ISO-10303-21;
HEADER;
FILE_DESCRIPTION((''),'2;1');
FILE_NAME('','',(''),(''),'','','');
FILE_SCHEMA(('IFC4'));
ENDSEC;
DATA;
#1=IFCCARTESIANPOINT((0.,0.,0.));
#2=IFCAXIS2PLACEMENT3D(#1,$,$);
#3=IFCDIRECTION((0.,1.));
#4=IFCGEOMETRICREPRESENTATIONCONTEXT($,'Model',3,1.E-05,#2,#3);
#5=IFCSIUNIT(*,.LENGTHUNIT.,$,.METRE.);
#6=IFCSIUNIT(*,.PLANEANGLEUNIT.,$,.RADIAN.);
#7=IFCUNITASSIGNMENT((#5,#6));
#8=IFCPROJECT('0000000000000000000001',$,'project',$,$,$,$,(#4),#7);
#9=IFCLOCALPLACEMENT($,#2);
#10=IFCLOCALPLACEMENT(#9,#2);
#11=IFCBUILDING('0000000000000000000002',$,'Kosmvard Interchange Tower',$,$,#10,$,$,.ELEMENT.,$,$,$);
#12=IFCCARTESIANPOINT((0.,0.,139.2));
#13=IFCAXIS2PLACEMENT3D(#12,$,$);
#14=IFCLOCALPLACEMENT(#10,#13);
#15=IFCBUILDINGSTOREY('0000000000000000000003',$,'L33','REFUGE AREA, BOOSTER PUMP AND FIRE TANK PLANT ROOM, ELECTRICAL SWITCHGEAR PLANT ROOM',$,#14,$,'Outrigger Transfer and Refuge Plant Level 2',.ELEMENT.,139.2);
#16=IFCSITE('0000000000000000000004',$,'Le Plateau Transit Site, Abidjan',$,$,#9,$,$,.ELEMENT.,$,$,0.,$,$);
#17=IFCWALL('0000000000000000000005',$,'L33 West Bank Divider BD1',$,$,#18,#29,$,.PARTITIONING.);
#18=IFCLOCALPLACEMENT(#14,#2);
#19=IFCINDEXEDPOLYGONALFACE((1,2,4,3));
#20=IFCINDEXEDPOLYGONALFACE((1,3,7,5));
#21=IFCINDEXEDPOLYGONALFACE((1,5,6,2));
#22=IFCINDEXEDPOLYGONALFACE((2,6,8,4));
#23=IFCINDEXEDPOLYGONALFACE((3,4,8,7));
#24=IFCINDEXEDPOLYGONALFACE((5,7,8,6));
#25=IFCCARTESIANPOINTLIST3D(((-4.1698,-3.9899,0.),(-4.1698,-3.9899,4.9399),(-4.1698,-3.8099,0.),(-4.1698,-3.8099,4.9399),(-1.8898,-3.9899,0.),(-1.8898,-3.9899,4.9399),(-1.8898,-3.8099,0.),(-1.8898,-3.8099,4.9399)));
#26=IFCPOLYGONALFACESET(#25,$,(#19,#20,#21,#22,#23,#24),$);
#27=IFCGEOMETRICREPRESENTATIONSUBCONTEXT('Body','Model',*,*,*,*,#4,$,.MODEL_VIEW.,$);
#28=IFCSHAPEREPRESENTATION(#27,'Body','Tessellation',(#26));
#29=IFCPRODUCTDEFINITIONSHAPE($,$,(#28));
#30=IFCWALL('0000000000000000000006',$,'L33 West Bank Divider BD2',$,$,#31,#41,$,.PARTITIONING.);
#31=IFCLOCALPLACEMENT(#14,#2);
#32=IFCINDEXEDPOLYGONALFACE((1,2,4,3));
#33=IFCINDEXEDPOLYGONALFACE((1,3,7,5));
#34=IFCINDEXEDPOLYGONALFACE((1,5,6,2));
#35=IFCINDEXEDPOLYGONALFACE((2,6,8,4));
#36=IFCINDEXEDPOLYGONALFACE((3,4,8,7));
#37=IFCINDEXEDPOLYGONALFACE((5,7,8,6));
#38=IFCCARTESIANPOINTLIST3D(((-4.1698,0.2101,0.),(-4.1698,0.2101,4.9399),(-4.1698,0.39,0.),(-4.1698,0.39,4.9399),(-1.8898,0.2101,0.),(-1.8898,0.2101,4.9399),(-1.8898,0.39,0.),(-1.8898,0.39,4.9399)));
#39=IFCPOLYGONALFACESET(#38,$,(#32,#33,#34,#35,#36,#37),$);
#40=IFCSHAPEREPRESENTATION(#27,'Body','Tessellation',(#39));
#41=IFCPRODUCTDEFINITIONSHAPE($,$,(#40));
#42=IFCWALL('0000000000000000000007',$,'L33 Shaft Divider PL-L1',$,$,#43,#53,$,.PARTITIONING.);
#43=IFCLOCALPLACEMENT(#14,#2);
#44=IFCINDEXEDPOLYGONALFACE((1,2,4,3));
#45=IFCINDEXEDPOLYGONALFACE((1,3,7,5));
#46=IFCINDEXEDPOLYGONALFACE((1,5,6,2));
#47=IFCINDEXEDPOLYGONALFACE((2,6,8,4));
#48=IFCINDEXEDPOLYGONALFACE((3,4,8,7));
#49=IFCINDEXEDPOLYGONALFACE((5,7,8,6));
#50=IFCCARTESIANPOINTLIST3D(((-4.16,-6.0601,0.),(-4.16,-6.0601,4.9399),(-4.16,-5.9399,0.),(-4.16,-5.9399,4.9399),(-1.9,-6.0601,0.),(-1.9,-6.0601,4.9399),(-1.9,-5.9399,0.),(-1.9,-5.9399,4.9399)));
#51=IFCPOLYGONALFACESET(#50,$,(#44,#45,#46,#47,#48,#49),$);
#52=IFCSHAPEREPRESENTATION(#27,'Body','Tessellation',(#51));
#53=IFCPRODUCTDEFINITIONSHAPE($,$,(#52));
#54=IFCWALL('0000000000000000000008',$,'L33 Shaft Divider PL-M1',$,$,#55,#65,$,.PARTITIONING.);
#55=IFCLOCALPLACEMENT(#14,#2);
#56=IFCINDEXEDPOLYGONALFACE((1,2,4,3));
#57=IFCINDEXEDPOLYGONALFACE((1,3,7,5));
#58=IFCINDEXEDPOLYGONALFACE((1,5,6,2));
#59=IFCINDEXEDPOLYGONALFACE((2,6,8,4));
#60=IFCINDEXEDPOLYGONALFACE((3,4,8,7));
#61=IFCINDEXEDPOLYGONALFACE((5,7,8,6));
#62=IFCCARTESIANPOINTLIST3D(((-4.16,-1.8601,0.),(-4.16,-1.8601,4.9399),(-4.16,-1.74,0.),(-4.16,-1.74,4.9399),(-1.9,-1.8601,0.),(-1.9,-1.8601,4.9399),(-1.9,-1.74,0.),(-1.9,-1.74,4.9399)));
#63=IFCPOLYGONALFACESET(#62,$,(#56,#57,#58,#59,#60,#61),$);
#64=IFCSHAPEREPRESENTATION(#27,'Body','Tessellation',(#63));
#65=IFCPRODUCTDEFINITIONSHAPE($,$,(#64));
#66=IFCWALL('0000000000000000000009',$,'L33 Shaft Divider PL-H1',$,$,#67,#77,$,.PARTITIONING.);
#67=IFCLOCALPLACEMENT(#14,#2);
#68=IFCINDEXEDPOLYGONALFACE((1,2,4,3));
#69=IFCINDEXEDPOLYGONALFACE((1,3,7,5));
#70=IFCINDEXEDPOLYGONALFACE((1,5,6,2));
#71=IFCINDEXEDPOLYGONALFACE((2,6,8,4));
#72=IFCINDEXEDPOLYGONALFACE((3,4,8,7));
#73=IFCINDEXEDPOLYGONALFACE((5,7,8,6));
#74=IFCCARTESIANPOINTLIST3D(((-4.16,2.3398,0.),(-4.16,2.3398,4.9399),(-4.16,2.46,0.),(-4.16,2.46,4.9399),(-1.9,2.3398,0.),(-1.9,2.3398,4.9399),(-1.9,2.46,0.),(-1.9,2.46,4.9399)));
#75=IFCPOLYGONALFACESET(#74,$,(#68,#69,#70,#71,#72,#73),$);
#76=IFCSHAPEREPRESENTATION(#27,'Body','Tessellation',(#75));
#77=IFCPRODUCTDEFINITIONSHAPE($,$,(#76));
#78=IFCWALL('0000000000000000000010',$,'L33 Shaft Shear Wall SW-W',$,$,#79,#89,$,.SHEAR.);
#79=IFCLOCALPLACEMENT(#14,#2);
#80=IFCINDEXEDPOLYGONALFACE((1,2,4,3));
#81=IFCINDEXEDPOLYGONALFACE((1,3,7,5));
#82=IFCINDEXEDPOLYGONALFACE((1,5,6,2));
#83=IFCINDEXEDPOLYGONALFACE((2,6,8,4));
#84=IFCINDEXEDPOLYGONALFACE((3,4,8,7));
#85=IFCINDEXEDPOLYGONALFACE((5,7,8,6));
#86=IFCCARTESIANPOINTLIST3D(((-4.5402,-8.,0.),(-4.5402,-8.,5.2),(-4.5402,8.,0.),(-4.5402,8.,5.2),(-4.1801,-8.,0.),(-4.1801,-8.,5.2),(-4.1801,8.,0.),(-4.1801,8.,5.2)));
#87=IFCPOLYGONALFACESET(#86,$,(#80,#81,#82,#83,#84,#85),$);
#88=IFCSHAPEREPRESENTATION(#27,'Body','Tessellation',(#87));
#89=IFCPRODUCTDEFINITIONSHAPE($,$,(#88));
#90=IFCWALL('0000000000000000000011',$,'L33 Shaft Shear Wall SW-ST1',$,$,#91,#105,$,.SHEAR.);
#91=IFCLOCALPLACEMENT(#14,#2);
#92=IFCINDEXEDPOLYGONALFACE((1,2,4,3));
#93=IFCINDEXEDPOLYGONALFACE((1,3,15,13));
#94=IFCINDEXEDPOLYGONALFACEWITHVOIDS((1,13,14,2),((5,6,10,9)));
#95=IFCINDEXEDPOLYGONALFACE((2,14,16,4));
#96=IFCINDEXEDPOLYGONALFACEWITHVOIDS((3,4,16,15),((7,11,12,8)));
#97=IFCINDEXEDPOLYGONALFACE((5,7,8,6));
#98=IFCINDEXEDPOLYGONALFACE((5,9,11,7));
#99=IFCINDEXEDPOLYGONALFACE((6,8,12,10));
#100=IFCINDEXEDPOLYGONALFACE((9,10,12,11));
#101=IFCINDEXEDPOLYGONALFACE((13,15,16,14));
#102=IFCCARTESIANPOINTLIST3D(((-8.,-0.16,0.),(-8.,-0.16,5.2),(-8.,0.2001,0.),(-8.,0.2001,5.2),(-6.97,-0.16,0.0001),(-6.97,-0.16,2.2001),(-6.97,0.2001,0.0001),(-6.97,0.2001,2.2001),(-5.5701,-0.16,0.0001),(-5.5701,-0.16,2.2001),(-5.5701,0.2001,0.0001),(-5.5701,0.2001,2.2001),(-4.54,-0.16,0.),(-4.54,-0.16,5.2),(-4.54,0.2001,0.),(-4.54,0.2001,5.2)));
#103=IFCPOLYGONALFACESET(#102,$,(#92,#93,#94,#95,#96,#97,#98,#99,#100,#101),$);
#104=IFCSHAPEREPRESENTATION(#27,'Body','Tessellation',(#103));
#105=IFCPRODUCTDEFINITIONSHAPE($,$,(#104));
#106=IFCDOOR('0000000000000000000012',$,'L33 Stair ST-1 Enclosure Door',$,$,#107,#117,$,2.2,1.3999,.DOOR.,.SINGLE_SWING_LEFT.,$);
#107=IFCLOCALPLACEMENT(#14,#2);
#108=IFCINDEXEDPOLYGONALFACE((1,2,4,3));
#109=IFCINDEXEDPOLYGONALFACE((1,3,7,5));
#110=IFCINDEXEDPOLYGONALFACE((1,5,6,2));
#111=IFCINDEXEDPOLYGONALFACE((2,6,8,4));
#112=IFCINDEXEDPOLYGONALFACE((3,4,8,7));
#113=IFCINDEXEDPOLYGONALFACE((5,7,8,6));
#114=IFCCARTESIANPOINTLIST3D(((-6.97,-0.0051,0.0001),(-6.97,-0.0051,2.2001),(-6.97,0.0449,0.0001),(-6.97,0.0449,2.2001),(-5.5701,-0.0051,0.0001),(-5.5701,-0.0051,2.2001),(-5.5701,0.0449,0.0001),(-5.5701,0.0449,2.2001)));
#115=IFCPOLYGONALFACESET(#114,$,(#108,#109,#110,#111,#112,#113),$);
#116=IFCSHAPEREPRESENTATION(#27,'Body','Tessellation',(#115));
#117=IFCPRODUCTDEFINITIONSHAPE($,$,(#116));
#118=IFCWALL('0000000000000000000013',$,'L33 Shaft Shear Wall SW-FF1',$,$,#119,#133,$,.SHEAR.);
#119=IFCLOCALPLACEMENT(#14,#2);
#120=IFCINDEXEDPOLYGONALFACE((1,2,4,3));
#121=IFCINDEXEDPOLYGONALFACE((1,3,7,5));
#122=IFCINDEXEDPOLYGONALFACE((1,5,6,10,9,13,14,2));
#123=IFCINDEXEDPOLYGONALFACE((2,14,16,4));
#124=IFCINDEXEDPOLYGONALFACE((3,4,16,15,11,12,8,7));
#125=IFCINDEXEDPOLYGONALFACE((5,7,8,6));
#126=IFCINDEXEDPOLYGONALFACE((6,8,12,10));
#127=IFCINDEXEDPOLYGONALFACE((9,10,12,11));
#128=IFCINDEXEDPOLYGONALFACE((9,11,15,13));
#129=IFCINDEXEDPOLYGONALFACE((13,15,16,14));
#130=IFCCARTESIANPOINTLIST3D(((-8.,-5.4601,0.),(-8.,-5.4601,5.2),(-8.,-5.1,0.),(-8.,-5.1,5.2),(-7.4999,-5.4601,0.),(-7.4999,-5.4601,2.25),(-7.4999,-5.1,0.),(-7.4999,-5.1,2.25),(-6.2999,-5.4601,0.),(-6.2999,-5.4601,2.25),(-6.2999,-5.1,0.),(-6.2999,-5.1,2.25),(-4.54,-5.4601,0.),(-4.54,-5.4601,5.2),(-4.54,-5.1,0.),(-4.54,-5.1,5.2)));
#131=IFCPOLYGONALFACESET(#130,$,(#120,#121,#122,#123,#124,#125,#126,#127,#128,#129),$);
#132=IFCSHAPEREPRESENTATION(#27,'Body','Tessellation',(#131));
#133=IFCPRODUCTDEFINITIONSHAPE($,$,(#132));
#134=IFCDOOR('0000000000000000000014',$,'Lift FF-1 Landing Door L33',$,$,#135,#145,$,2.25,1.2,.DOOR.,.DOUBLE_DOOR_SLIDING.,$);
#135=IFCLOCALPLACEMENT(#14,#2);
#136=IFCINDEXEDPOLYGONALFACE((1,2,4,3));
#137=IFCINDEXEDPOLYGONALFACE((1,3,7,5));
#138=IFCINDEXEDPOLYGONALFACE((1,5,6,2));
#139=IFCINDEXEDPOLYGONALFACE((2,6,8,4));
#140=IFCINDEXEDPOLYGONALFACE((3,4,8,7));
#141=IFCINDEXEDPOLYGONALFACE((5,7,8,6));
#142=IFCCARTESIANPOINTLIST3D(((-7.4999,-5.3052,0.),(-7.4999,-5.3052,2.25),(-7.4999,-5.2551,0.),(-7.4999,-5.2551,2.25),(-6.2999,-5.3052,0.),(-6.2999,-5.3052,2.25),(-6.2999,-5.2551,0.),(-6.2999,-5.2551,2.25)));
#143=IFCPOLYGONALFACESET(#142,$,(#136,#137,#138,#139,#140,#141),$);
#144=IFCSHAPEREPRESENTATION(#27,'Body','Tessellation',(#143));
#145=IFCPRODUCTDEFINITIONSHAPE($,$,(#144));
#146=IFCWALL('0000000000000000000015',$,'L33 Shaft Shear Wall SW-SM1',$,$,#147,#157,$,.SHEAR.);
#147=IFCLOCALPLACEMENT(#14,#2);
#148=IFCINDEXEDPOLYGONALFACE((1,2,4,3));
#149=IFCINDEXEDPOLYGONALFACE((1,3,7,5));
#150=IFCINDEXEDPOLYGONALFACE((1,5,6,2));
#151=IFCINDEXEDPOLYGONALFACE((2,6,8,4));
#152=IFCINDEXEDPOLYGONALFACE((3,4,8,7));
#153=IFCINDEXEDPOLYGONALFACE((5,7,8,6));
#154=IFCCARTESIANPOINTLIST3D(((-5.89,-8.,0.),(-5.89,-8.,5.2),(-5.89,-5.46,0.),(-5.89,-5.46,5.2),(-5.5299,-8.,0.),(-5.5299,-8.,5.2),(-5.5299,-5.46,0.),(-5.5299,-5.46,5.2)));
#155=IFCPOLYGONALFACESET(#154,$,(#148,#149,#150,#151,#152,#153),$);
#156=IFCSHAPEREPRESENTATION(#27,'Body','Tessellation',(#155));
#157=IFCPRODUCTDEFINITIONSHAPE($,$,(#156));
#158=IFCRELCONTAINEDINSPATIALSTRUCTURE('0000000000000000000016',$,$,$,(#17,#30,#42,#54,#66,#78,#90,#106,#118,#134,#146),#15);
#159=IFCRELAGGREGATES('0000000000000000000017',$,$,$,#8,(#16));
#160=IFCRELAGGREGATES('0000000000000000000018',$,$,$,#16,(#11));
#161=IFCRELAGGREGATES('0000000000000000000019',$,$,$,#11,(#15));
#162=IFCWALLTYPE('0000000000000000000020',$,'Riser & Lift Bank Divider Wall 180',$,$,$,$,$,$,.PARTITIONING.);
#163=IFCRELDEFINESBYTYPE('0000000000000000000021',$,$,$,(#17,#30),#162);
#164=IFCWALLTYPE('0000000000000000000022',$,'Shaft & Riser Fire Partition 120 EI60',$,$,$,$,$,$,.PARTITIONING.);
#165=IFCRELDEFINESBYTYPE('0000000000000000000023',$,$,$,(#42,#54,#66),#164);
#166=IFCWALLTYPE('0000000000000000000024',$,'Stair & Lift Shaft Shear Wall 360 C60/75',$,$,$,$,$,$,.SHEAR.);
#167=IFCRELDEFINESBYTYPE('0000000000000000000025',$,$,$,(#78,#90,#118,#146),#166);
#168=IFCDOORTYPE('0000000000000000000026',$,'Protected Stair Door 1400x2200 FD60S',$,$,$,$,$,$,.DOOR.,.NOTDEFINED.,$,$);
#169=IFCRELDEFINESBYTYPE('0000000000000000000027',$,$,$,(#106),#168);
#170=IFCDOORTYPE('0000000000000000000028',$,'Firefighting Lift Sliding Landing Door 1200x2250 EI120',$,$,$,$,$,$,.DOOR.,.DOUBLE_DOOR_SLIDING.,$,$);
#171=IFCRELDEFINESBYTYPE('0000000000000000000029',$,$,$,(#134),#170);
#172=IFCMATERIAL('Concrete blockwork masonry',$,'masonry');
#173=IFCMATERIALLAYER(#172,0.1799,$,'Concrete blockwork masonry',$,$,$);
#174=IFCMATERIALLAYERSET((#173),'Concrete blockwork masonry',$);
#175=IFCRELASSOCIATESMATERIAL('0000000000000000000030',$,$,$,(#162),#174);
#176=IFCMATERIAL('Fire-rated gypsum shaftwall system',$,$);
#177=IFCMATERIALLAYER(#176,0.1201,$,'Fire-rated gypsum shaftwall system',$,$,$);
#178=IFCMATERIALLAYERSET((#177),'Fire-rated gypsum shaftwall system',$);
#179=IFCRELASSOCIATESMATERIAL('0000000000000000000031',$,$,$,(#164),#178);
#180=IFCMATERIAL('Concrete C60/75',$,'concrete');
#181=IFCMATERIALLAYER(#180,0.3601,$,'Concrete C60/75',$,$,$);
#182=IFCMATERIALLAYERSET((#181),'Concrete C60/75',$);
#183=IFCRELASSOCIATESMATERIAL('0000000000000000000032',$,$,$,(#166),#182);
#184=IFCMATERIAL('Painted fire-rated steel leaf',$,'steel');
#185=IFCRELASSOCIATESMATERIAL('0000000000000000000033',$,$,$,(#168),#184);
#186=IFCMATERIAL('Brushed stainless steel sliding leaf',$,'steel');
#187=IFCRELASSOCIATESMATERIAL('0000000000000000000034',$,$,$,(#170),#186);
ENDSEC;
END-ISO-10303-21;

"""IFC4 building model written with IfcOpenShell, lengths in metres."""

from ifc_helpers import new_model, si_unit, direction, frame, frame_2d, origin, place, context, subcontext, project, spatial, rectangle, extrude, source, transform, mapped, material, layer, layer_set, type_object, element, fill, save


model = new_model("IFC4")

# Units and contexts
model_context = context("Model", 3, precision=1e-05, world=origin(), true_north=direction((0.0, 1.0)))
body_context = subcontext(model_context, "Body", "Model", "MODEL_VIEW")
ifc_project = project(units=[si_unit("LENGTHUNIT", "METRE"), si_unit("PLANEANGLEUNIT", "RADIAN")], contexts=[model_context])

# Site, building, storey
site_placement = place(None, origin())
site = spatial("IfcSite", under=ifc_project, at=site_placement, Name="Le Plateau Transit Site, Abidjan", CompositionType="ELEMENT", RefElevation=0.0)
building_placement = place(site_placement, origin())
building = spatial("IfcBuilding", under=site, at=building_placement, Name="Kosmvard Interchange Tower", CompositionType="ELEMENT")
storey_placement = place(building_placement, frame((0.0, 0.0, 139.2)))
storey = spatial("IfcBuildingStorey", under=building, at=storey_placement, Name="L33", Description="REFUGE AREA, BOOSTER PUMP AND FIRE TANK PLANT ROOM, ELECTRICAL SWITCHGEAR PLANT ROOM", LongName="Outrigger Transfer and Refuge Plant Level 2", CompositionType="ELEMENT", Elevation=139.2)

# Shared definitions
ifc_material_1 = material(Name="Brushed stainless steel sliding leaf", Category="steel")

# Walls
ifc_material_2 = material(Name="Concrete blockwork masonry", Category="masonry")
ifc_layer_1 = layer(ifc_material_2, 0.1799, Name="Concrete blockwork masonry")
ifc_layer_set_1 = layer_set([ifc_layer_1], Name="Concrete blockwork masonry")
wall_type_1 = type_object("IfcWallType", Name="Riser & Lift Bank Divider Wall 180", PredefinedType="PARTITIONING", material=ifc_layer_set_1)
for number, where, z_axis, x_axis, name in (
    (1, (-4.1699, -3.8999, 0.0), (0.0, 0.0, 1.0), (1.0, 0.0, 0.0), "L33 West Bank Divider BD1"),
    (2, (-4.1699, 0.3, 0.0), (0.0, 0.0, 1.0), (1.0, 0.0, 0.0), "L33 West Bank Divider BD2"),
):
    element("IfcWall", number, at=place(storey_placement, frame(where, z_axis=z_axis, x_axis=x_axis)), inside=storey, type_object=wall_type_1, Name=name, PredefinedType="PARTITIONING", context=body_context, shape_type="SweptSolid", body=[
        extrude(rectangle(XDim=2.28, YDim=0.1799, at=frame_2d((1.1401, 0.0))), origin(), (0.0, 0.0, 1.0), 4.9399),
    ])
ifc_material_3 = material(Name="Fire-rated gypsum shaftwall system")
ifc_layer_2 = layer(ifc_material_3, 0.1201, Name="Fire-rated gypsum shaftwall system")
ifc_layer_set_2 = layer_set([ifc_layer_2], Name="Fire-rated gypsum shaftwall system")
wall_type_2 = type_object("IfcWallType", Name="Shaft & Riser Fire Partition 120 EI60", PredefinedType="PARTITIONING", material=ifc_layer_set_2)
for number, where, z_axis, x_axis, name in (
    (3, (-4.1599, -6.0, 0.0), (0.0, 0.0, 1.0), (1.0, 0.0, 0.0), "L33 Shaft Divider PL-L1"),
    (4, (-4.1599, -1.8, 0.0), (0.0, 0.0, 1.0), (1.0, 0.0, 0.0), "L33 Shaft Divider PL-M1"),
    (5, (-4.1599, 2.3999, 0.0), (0.0, 0.0, 1.0), (1.0, 0.0, 0.0), "L33 Shaft Divider PL-H1"),
):
    element("IfcWall", number, at=place(storey_placement, frame(where, z_axis=z_axis, x_axis=x_axis)), inside=storey, type_object=wall_type_2, Name=name, PredefinedType="PARTITIONING", context=body_context, shape_type="SweptSolid", body=[
        extrude(rectangle(XDim=2.26, YDim=0.1201, at=frame_2d((1.1299, 0.0))), origin(), (0.0, 0.0, 1.0), 4.9399),
    ])
ifc_material_4 = material(Name="Concrete C60/75", Category="concrete")
ifc_layer_3 = layer(ifc_material_4, 0.3601, Name="Concrete C60/75")
ifc_layer_set_3 = layer_set([ifc_layer_3], Name="Concrete C60/75")
wall_type_3 = type_object("IfcWallType", Name="Stair & Lift Shaft Shear Wall 360 C60/75", PredefinedType="SHEAR", material=ifc_layer_set_3)
wall_1_placement = place(storey_placement, frame((-4.3601, -8.0, 0.0), z_axis=(0.0, 0.0, 1.0), x_axis=(0.0, 1.0, 0.0)))
element("IfcWall", 6, at=wall_1_placement, inside=storey, type_object=wall_type_3, Name="L33 Shaft Shear Wall SW-W", PredefinedType="SHEAR", context=body_context, shape_type="SweptSolid", body=[
    extrude(rectangle(XDim=16.0, YDim=0.3601, at=frame_2d((8.0, 0.0))), origin(), (0.0, 0.0, 1.0), 5.2),
])

# Walls, openings, doors
wall_2_placement = place(storey_placement, frame((-8.0, 0.02, 0.0), z_axis=(0.0, 0.0, 1.0), x_axis=(1.0, 0.0, 0.0)))
wall_2 = element("IfcWall", 7, at=wall_2_placement, inside=storey, type_object=wall_type_3, Name="L33 Shaft Shear Wall SW-ST1", PredefinedType="SHEAR", context=body_context, shape_type="SweptSolid", body=[
    extrude(rectangle(XDim=3.46, YDim=0.3601, at=frame_2d((1.73, 0.0))), origin(), (0.0, 0.0, 1.0), 5.2),
])
opening_1_placement = place(wall_2_placement, frame((1.03, 0.0, 0.0)))
opening_1 = element("IfcOpeningElement", 8, at=opening_1_placement, cuts=wall_2, PredefinedType="OPENING", context=body_context, shape_type="SweptSolid", body=[
    extrude(rectangle(XDim=1.3999, YDim=2.2, at=frame_2d((0.7, 1.1001))), frame((0.0, 0.1899, 0.0), z_axis=(0.0, -1.0, 0.0), x_axis=(1.0, 0.0, 0.0)), (0.0, 0.0, 1.0), 0.3801),
])
ifc_material_5 = material(Name="Painted fire-rated steel leaf", Category="steel")
door_type_1 = type_object("IfcDoorType", Name="Protected Stair Door 1400x2200 FD60S", OperationType="NOTDEFINED", PredefinedType="DOOR", material=ifc_material_5)
shared_shape_1 = source(origin(), body_context, "Body", "SweptSolid", [
    extrude(rectangle(XDim=1.3999, YDim=2.2, at=frame_2d((0.7, 1.1001))), frame((0.0, 0.0249, 0.0), z_axis=(0.0, -1.0, 0.0), x_axis=(1.0, 0.0, 0.0)), (0.0, 0.0, 1.0), 0.05),
])
door_1_placement = place(opening_1_placement, origin())
door_1 = element("IfcDoor", 9, at=door_1_placement, inside=storey, type_object=door_type_1, Name="L33 Stair ST-1 Enclosure Door", OperationType="SINGLE_SWING_LEFT", OverallHeight=2.2, OverallWidth=1.3999, PredefinedType="DOOR", context=body_context, shape_type="MappedRepresentation", body=[
    mapped(shared_shape_1, transform((0.0, 0.0, 0.0), scale=1.0)),
])
fill(opening_1, door_1)
wall_3_placement = place(storey_placement, frame((-8.0, -5.28, 0.0), z_axis=(0.0, 0.0, 1.0), x_axis=(1.0, 0.0, 0.0)))
wall_3 = element("IfcWall", 10, at=wall_3_placement, inside=storey, type_object=wall_type_3, Name="L33 Shaft Shear Wall SW-FF1", PredefinedType="SHEAR", context=body_context, shape_type="SweptSolid", body=[
    extrude(rectangle(XDim=3.46, YDim=0.3601, at=frame_2d((1.73, 0.0))), origin(), (0.0, 0.0, 1.0), 5.2),
])
opening_2_placement = place(wall_3_placement, frame((0.5, 0.0, 0.0)))
opening_2 = element("IfcOpeningElement", 11, at=opening_2_placement, cuts=wall_3, PredefinedType="OPENING", context=body_context, shape_type="SweptSolid", body=[
    extrude(rectangle(XDim=1.2, YDim=2.25, at=frame_2d((0.6001, 1.125))), frame((0.0, 0.1899, 0.0), z_axis=(0.0, -1.0, 0.0), x_axis=(1.0, 0.0, 0.0)), (0.0, 0.0, 1.0), 0.3801),
])
door_type_2 = type_object("IfcDoorType", Name="Firefighting Lift Sliding Landing Door 1200x2250 EI120", OperationType="DOUBLE_DOOR_SLIDING", PredefinedType="DOOR", material=ifc_material_1)
shared_shape_2 = source(origin(), body_context, "Body", "SweptSolid", [
    extrude(rectangle(XDim=1.2, YDim=2.25, at=frame_2d((0.6001, 1.125))), frame((0.0, 0.0249, 0.0), z_axis=(0.0, -1.0, 0.0), x_axis=(1.0, 0.0, 0.0)), (0.0, 0.0, 1.0), 0.05),
])
door_2_placement = place(opening_2_placement, origin())
door_2 = element("IfcDoor", 12, at=door_2_placement, inside=storey, type_object=door_type_2, Name="Lift FF-1 Landing Door L33", OperationType="DOUBLE_DOOR_SLIDING", OverallHeight=2.25, OverallWidth=1.2, PredefinedType="DOOR", context=body_context, shape_type="MappedRepresentation", body=[
    mapped(shared_shape_2, transform((0.0, 0.0, 0.0), scale=1.0)),
])
fill(opening_2, door_2)

# Wall
wall_4_placement = place(storey_placement, frame((-5.71, -8.0, 0.0), z_axis=(0.0, 0.0, 1.0), x_axis=(0.0, 1.0, 0.0)))
element("IfcWall", 13, at=wall_4_placement, inside=storey, type_object=wall_type_3, Name="L33 Shaft Shear Wall SW-SM1", PredefinedType="SHEAR", context=body_context, shape_type="SweptSolid", body=[
    extrude(rectangle(XDim=2.54, YDim=0.3601, at=frame_2d((1.27, 0.0))), origin(), (0.0, 0.0, 1.0), 5.2),
])

save(model, "model.ifc")
